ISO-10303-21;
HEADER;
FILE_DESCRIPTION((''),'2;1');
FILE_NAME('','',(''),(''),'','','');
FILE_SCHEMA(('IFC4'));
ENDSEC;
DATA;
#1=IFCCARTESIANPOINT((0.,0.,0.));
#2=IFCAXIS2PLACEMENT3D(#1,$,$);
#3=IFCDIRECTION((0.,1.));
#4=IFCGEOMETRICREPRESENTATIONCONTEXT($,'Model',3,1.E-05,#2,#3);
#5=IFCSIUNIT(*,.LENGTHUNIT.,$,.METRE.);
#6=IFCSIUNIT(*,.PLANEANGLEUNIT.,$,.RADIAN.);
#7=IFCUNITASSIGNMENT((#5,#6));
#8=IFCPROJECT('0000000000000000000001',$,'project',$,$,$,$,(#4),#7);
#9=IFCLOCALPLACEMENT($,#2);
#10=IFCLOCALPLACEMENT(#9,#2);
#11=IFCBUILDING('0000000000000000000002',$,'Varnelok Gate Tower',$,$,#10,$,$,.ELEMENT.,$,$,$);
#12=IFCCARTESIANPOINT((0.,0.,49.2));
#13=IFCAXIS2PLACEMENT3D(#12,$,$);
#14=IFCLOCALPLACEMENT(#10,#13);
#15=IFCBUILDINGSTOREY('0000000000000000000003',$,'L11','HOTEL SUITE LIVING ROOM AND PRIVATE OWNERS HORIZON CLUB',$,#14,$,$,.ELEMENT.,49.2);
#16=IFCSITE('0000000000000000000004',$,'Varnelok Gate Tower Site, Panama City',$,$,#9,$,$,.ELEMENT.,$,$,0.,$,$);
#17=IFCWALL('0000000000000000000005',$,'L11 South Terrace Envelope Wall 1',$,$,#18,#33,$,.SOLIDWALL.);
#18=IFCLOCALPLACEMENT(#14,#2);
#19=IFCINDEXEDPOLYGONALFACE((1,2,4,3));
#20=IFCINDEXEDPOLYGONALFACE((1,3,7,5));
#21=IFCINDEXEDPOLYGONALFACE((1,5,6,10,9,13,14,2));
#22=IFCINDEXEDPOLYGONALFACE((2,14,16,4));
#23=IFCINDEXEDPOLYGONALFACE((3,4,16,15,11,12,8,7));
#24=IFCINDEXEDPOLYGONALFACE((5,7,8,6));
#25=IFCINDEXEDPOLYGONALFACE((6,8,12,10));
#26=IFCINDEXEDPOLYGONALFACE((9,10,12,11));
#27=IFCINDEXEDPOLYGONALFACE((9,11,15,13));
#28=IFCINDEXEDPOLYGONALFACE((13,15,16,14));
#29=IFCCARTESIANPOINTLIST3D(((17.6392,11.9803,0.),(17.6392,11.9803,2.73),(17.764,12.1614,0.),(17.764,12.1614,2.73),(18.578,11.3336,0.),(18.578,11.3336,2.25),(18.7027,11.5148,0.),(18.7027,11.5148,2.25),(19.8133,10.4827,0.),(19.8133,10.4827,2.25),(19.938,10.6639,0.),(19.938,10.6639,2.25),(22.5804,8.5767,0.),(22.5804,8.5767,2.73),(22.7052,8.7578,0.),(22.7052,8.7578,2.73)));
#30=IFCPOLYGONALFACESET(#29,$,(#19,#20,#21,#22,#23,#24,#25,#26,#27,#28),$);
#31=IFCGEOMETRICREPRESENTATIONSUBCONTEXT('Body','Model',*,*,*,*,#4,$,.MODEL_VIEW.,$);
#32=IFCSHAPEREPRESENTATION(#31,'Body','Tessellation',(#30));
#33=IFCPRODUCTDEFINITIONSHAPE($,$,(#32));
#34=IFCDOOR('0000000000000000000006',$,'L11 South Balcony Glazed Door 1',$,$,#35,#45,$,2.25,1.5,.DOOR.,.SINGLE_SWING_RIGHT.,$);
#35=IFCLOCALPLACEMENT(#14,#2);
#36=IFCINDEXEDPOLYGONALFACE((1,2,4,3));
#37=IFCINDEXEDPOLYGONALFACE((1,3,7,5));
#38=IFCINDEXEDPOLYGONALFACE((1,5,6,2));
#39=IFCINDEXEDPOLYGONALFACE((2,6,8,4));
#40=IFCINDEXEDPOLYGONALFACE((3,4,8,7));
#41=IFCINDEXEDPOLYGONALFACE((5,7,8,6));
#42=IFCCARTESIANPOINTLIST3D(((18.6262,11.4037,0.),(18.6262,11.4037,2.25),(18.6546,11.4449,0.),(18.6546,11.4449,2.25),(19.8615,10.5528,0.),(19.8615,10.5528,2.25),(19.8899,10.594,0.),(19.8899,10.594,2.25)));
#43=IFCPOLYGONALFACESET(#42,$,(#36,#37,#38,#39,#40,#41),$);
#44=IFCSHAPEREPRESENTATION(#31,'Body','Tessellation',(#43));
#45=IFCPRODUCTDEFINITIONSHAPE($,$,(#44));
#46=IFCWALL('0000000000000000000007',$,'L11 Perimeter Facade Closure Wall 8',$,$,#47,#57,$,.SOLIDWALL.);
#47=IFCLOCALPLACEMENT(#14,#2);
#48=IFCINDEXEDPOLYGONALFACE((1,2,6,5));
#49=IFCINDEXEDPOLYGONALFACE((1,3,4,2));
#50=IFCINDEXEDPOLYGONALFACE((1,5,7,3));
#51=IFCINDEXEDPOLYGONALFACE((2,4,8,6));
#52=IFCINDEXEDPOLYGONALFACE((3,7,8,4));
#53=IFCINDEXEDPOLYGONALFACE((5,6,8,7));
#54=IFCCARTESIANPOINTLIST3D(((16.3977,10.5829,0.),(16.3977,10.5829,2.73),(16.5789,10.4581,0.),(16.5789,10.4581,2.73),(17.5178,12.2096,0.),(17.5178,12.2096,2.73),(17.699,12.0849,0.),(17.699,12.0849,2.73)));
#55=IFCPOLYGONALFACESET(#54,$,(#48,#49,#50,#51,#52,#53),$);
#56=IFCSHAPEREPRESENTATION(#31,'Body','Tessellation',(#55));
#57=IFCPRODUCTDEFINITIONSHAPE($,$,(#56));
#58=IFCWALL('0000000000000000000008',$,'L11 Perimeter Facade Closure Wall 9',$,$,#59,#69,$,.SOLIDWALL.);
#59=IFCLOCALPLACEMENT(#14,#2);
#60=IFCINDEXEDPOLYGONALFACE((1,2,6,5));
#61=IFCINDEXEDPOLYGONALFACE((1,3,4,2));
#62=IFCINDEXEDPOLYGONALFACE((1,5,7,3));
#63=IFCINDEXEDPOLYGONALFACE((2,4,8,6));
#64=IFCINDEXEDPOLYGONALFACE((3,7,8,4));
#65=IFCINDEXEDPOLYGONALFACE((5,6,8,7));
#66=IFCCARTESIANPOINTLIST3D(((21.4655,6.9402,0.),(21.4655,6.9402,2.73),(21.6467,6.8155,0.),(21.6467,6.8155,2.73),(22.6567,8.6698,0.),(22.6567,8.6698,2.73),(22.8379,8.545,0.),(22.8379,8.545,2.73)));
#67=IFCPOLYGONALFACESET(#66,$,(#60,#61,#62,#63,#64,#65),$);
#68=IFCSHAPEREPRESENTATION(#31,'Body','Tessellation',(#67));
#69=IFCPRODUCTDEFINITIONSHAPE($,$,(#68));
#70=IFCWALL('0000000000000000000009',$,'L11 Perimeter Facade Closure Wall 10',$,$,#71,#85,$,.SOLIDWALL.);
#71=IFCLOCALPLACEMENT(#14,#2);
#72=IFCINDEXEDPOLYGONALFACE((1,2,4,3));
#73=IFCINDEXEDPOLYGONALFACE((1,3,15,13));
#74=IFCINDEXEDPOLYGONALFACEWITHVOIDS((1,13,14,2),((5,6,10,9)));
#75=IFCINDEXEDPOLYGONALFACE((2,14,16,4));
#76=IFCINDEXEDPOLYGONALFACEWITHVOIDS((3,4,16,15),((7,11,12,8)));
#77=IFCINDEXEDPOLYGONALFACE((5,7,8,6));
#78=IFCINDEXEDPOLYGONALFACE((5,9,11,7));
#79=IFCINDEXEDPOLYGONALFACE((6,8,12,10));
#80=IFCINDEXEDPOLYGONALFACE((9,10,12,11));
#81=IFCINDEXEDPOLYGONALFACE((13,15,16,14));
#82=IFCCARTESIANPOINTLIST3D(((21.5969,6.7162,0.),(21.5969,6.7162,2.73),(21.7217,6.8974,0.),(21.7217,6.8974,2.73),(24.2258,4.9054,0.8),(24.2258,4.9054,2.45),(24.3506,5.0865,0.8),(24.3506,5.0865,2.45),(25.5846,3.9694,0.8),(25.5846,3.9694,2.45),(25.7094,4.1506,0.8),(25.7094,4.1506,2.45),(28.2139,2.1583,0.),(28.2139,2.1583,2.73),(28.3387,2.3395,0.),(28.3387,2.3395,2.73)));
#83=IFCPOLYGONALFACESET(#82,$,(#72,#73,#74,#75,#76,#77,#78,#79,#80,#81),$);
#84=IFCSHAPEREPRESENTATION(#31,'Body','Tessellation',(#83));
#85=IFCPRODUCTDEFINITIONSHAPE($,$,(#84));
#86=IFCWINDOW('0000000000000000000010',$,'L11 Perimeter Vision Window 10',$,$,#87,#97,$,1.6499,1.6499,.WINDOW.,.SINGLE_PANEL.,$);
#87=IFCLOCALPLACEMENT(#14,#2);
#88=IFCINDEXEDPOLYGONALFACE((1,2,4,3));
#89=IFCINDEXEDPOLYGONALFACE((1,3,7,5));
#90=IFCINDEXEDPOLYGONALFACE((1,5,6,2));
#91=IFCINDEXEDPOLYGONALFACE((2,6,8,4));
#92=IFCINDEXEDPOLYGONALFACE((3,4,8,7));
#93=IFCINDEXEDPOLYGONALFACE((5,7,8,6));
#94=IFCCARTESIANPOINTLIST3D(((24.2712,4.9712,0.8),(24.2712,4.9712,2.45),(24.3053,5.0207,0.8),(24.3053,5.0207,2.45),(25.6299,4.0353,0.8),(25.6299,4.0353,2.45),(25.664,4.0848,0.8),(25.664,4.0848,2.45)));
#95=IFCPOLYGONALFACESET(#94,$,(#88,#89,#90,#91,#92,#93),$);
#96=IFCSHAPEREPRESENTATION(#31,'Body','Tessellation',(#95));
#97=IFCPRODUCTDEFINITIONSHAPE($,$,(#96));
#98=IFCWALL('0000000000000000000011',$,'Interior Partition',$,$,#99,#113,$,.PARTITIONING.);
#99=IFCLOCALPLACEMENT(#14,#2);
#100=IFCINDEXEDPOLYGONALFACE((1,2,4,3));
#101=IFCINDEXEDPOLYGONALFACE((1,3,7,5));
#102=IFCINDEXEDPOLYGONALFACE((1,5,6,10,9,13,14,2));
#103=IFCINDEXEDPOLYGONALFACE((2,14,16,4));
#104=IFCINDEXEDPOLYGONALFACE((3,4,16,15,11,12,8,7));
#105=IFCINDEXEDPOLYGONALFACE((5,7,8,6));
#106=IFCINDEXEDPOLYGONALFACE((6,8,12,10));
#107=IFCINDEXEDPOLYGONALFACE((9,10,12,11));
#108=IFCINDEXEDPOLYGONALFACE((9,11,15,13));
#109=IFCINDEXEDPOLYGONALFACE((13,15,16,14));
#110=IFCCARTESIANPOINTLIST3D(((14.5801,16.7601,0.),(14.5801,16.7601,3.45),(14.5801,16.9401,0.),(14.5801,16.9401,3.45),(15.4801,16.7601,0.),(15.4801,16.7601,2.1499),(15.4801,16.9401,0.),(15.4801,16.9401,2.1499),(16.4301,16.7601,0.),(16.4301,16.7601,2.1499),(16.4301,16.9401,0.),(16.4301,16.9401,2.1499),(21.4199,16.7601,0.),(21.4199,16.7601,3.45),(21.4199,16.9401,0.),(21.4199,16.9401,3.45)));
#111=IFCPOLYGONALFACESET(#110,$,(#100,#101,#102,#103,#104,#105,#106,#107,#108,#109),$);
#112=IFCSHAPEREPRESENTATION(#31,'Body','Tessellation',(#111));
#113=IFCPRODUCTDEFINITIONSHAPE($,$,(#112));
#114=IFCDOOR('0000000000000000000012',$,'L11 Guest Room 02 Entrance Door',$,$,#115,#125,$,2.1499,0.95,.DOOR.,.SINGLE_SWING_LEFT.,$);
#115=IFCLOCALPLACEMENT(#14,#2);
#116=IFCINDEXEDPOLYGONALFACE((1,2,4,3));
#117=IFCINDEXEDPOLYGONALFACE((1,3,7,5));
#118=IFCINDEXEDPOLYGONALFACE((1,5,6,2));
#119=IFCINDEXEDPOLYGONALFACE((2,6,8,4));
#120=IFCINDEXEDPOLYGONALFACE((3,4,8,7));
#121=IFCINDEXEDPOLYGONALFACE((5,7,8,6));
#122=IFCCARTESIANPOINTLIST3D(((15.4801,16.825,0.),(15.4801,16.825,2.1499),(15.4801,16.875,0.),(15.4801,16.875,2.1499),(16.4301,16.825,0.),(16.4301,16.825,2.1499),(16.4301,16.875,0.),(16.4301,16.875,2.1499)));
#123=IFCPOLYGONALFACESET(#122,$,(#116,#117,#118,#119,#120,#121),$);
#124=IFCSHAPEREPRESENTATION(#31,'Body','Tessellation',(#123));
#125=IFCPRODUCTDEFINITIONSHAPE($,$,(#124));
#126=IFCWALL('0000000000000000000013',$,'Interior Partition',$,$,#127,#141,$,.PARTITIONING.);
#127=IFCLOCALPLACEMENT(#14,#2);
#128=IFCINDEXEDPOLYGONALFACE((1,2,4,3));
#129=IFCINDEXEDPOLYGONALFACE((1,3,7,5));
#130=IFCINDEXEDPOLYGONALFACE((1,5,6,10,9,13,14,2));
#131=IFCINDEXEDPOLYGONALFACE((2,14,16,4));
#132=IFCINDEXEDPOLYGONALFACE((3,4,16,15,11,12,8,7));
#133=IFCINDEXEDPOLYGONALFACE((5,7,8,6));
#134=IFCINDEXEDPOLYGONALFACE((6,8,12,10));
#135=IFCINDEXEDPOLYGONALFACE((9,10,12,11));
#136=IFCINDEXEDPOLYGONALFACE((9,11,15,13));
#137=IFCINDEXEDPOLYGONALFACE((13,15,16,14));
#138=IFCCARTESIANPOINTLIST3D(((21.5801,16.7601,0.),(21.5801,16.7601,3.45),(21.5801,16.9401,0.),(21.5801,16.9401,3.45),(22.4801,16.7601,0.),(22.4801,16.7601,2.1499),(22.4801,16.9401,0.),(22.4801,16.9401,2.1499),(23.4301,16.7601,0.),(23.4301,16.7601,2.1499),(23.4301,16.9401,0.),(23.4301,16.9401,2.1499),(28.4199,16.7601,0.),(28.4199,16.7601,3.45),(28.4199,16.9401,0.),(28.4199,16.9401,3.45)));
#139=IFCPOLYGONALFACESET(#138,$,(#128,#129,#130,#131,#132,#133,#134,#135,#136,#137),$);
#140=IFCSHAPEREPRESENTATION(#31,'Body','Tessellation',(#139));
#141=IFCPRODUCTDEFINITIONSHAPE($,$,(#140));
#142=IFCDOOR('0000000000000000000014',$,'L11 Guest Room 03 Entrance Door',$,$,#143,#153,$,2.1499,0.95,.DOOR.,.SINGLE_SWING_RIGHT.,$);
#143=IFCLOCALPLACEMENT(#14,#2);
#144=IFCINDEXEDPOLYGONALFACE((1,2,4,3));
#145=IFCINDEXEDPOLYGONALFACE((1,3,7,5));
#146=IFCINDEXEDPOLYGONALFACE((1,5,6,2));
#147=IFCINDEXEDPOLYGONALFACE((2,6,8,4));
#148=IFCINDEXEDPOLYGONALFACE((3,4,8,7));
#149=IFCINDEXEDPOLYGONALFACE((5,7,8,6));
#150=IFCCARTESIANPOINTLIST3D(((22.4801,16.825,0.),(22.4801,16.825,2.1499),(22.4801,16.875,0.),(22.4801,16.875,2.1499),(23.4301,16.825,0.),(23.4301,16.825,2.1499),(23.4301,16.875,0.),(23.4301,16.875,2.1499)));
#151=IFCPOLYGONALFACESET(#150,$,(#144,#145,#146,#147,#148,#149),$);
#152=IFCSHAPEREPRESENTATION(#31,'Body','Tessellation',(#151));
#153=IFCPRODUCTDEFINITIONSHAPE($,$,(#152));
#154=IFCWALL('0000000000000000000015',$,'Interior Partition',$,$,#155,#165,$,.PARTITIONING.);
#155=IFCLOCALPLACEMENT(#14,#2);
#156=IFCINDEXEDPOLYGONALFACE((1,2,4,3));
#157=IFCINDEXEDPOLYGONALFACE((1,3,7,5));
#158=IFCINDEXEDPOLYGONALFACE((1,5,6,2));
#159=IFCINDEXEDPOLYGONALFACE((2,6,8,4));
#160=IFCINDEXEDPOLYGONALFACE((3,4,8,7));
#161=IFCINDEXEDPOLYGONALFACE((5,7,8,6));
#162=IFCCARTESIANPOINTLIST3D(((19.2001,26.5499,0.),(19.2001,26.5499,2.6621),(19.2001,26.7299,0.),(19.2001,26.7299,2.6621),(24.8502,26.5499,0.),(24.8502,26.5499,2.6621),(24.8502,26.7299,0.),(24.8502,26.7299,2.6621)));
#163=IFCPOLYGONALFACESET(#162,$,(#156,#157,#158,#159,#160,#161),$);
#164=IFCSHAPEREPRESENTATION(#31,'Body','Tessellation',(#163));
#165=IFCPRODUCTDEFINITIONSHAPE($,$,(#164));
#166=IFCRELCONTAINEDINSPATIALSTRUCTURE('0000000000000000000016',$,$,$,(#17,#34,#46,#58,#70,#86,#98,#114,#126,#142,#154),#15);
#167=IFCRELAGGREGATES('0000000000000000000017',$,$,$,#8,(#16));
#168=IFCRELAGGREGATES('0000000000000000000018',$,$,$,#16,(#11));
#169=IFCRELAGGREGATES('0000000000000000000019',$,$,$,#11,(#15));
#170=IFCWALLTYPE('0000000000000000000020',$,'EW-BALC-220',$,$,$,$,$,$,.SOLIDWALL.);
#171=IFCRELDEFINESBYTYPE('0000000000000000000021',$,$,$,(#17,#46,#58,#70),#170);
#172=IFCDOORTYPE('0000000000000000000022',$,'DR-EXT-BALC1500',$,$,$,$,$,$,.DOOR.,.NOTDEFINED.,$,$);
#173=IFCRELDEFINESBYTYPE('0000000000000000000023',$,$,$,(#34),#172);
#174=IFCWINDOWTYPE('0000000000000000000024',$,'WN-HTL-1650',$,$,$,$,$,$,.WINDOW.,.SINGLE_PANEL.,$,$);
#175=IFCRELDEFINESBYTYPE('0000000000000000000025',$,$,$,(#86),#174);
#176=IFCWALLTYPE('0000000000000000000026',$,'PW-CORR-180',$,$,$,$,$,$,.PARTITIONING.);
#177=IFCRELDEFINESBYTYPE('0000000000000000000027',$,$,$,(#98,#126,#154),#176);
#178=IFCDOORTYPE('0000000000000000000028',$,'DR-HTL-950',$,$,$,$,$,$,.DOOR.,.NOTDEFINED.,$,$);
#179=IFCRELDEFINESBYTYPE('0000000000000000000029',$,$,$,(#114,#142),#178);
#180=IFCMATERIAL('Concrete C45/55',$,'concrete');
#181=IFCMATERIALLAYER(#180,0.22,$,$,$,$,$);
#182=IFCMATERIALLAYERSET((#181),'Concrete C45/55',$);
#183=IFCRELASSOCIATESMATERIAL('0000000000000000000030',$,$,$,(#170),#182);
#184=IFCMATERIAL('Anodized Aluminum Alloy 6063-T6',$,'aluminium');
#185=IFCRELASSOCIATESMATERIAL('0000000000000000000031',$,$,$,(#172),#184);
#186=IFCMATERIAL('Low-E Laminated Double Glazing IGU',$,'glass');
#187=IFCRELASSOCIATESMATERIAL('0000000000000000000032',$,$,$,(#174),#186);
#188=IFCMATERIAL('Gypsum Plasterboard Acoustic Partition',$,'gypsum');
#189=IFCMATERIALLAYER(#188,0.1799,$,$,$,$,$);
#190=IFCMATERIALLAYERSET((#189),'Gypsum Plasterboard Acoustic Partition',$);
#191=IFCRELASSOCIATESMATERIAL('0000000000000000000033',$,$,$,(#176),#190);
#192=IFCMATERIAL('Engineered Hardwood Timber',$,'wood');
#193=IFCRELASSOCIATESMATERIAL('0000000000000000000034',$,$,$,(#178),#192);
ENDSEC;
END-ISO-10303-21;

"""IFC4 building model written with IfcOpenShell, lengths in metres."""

from ifc_helpers import new_model, si_unit, direction, frame, frame_2d, origin, place, context, subcontext, project, spatial, rectangle, extrude, material, layer, layer_set, type_object, element, fill, save


model = new_model("IFC4")

# Units and contexts
model_context = context("Model", 3, precision=1e-05, world=origin(), true_north=direction((0.0, 1.0)))
body_context = subcontext(model_context, "Body", "Model", "MODEL_VIEW")
ifc_project = project(units=[si_unit("LENGTHUNIT", "METRE"), si_unit("PLANEANGLEUNIT", "RADIAN")], contexts=[model_context])

# Site, building, storey
site_placement = place(None, origin())
site = spatial("IfcSite", under=ifc_project, at=site_placement, Name="Varnelok Gate Tower Site, Panama City", CompositionType="ELEMENT", RefElevation=0.0)
building_placement = place(site_placement, origin())
building = spatial("IfcBuilding", under=site, at=building_placement, Name="Varnelok Gate Tower", CompositionType="ELEMENT")
storey_placement = place(building_placement, frame((0.0, 0.0, 49.2)))
storey = spatial("IfcBuildingStorey", under=building, at=storey_placement, Name="L11", Description="HOTEL SUITE LIVING ROOM AND PRIVATE OWNERS HORIZON CLUB", CompositionType="ELEMENT", Elevation=49.2)

# Wall, opening, door
ifc_material_1 = material(Name="Concrete C45/55", Category="concrete")
ifc_layer_1 = layer(ifc_material_1, 0.22)
ifc_layer_set_1 = layer_set([ifc_layer_1], Name="Concrete C45/55")
wall_type_1 = type_object("IfcWallType", Name="EW-BALC-220", PredefinedType="SOLIDWALL", material=ifc_layer_set_1)
wall_1_placement = place(storey_placement, frame((22.6428, 8.6672, 0.0), z_axis=(0.0, 0.0, 1.0), x_axis=(-0.823535, 0.567266, 0.0)))
wall_1 = element("IfcWall", 1, at=wall_1_placement, inside=storey, type_object=wall_type_1, Name="L11 South Terrace Envelope Wall 1", PredefinedType="SOLIDWALL", context=body_context, shape_type="SweptSolid", body=[
    extrude(rectangle(XDim=6.0, YDim=0.22, at=frame_2d((3.0, 0.0))), origin(), (0.0, 0.0, 1.0), 2.73),
])
opening_1_placement = place(wall_1_placement, frame((3.3601, 0.0, 0.0)))
opening_1 = element("IfcOpeningElement", 2, at=opening_1_placement, cuts=wall_1, PredefinedType="OPENING", context=body_context, shape_type="SweptSolid", body=[
    extrude(rectangle(XDim=1.5, YDim=2.25, at=frame_2d((0.75, 1.125))), frame((0.0, 0.1199, 0.0), z_axis=(0.0, -1.0, 0.0), x_axis=(1.0, 0.0, 0.0)), (0.0, 0.0, 1.0), 0.24),
])
ifc_material_2 = material(Name="Anodized Aluminum Alloy 6063-T6", Category="aluminium")
door_type_1 = type_object("IfcDoorType", Name="DR-EXT-BALC1500", OperationType="NOTDEFINED", PredefinedType="DOOR", material=ifc_material_2)
door_1_placement = place(opening_1_placement, origin())
door_1 = element("IfcDoor", 3, at=door_1_placement, inside=storey, type_object=door_type_1, Name="L11 South Balcony Glazed Door 1", OperationType="SINGLE_SWING_RIGHT", OverallHeight=2.25, OverallWidth=1.5, PredefinedType="DOOR", context=body_context, shape_type="SweptSolid", body=[
    extrude(rectangle(XDim=1.5, YDim=2.25, at=frame_2d((0.75, 1.125))), frame((0.0, 0.0249, 0.0), z_axis=(0.0, -1.0, 0.0), x_axis=(1.0, 0.0, 0.0)), (0.0, 0.0, 1.0), 0.05),
])
fill(opening_1, door_1)

# Walls
wall_2_placement = place(storey_placement, frame((16.4883, 10.5205, 0.0), z_axis=(0.0, 0.0, 1.0), x_axis=(0.567132, 0.823627, 0.0)))
element("IfcWall", 4, at=wall_2_placement, inside=storey, type_object=wall_type_1, Name="L11 Perimeter Facade Closure Wall 8", PredefinedType="SOLIDWALL", context=body_context, shape_type="SweptSolid", body=[
    extrude(rectangle(XDim=1.9751, YDim=0.22, at=frame_2d((0.9875, 0.0))), origin(), (0.0, 0.0, 1.0), 2.73),
])
wall_3_placement = place(storey_placement, frame((22.7473, 8.6074, 0.0), z_axis=(0.0, 0.0, 1.0), x_axis=(-0.567219, -0.823567, 0.0)))
element("IfcWall", 5, at=wall_3_placement, inside=storey, type_object=wall_type_1, Name="L11 Perimeter Facade Closure Wall 9", PredefinedType="SOLIDWALL", context=body_context, shape_type="SweptSolid", body=[
    extrude(rectangle(XDim=2.1001, YDim=0.22, at=frame_2d((1.05, 0.0))), origin(), (0.0, 0.0, 1.0), 2.73),
])

# Wall, opening, window
wall_4_placement = place(storey_placement, frame((21.6592, 6.8069, 0.0), z_axis=(0.0, 0.0, 1.0), x_axis=(0.823535, -0.567265, 0.0)))
wall_4 = element("IfcWall", 6, at=wall_4_placement, inside=storey, type_object=wall_type_1, Name="L11 Perimeter Facade Closure Wall 10", PredefinedType="SOLIDWALL", context=body_context, shape_type="SweptSolid", body=[
    extrude(rectangle(XDim=8.0349, YDim=0.22, at=frame_2d((4.0176, 0.0))), origin(), (0.0, 0.0, 1.0), 2.73),
])
opening_2_placement = place(wall_4_placement, frame((3.1924, 0.0, 0.8)))
opening_2 = element("IfcOpeningElement", 7, at=opening_2_placement, cuts=wall_4, PredefinedType="OPENING", context=body_context, shape_type="SweptSolid", body=[
    extrude(rectangle(XDim=1.6499, YDim=1.6499, at=frame_2d((0.825, 0.825))), frame((0.0, 0.1199, 0.0), z_axis=(0.0, -1.0, 0.0), x_axis=(1.0, 0.0, 0.0)), (0.0, 0.0, 1.0), 0.24),
])
ifc_material_3 = material(Name="Low-E Laminated Double Glazing IGU", Category="glass")
window_type = type_object("IfcWindowType", Name="WN-HTL-1650", PartitioningType="SINGLE_PANEL", PredefinedType="WINDOW", material=ifc_material_3)
window_placement = place(opening_2_placement, origin())
window = element("IfcWindow", 8, at=window_placement, inside=storey, type_object=window_type, Name="L11 Perimeter Vision Window 10", OverallHeight=1.6499, OverallWidth=1.6499, PartitioningType="SINGLE_PANEL", PredefinedType="WINDOW", context=body_context, shape_type="SweptSolid", body=[
    extrude(rectangle(XDim=1.6499, YDim=1.6499, at=frame_2d((0.825, 0.825))), frame((0.0, 0.03, 0.0), z_axis=(0.0, -1.0, 0.0), x_axis=(1.0, 0.0, 0.0)), (0.0, 0.0, 1.0), 0.0601),
])
fill(opening_2, window)

# Walls, openings, doors
ifc_material_4 = material(Name="Gypsum Plasterboard Acoustic Partition", Category="gypsum")
ifc_layer_2 = layer(ifc_material_4, 0.1799)
ifc_layer_set_2 = layer_set([ifc_layer_2], Name="Gypsum Plasterboard Acoustic Partition")
wall_type_2 = type_object("IfcWallType", Name="PW-CORR-180", PredefinedType="PARTITIONING", material=ifc_layer_set_2)
wall_5_placement = place(storey_placement, frame((14.5801, 16.8501, 0.0), z_axis=(0.0, 0.0, 1.0), x_axis=(1.0, 0.0, 0.0)))
wall_5 = element("IfcWall", 9, at=wall_5_placement, inside=storey, type_object=wall_type_2, Name="Interior Partition", PredefinedType="PARTITIONING", context=body_context, shape_type="SweptSolid", body=[
    extrude(rectangle(XDim=6.8398, YDim=0.1799, at=frame_2d((3.4199, 0.0))), origin(), (0.0, 0.0, 1.0), 3.45),
])
opening_3_placement = place(wall_5_placement, frame((0.8999, 0.0, 0.0)))
opening_3 = element("IfcOpeningElement", 10, at=opening_3_placement, cuts=wall_5, PredefinedType="OPENING", context=body_context, shape_type="SweptSolid", body=[
    extrude(rectangle(XDim=0.95, YDim=2.1499, at=frame_2d((0.4751, 1.075))), frame((0.0, 0.0999, 0.0), z_axis=(0.0, -1.0, 0.0), x_axis=(1.0, 0.0, 0.0)), (0.0, 0.0, 1.0), 0.2),
])
ifc_material_5 = material(Name="Engineered Hardwood Timber", Category="wood")
door_type_2 = type_object("IfcDoorType", Name="DR-HTL-950", OperationType="NOTDEFINED", PredefinedType="DOOR", material=ifc_material_5)
door_2_placement = place(opening_3_placement, origin())
door_2 = element("IfcDoor", 11, at=door_2_placement, inside=storey, type_object=door_type_2, Name="L11 Guest Room 02 Entrance Door", OperationType="SINGLE_SWING_LEFT", OverallHeight=2.1499, OverallWidth=0.95, PredefinedType="DOOR", context=body_context, shape_type="SweptSolid", body=[
    extrude(rectangle(XDim=0.95, YDim=2.1499, at=frame_2d((0.4751, 1.075))), frame((0.0, 0.0249, 0.0), z_axis=(0.0, -1.0, 0.0), x_axis=(1.0, 0.0, 0.0)), (0.0, 0.0, 1.0), 0.05),
])
fill(opening_3, door_2)
wall_6_placement = place(storey_placement, frame((21.5801, 16.8501, 0.0), z_axis=(0.0, 0.0, 1.0), x_axis=(1.0, 0.0, 0.0)))
wall_6 = element("IfcWall", 12, at=wall_6_placement, inside=storey, type_object=wall_type_2, Name="Interior Partition", PredefinedType="PARTITIONING", context=body_context, shape_type="SweptSolid", body=[
    extrude(rectangle(XDim=6.8398, YDim=0.1799, at=frame_2d((3.4199, 0.0))), origin(), (0.0, 0.0, 1.0), 3.45),
])
opening_4_placement = place(wall_6_placement, frame((0.8999, 0.0, 0.0)))
opening_4 = element("IfcOpeningElement", 13, at=opening_4_placement, cuts=wall_6, PredefinedType="OPENING", context=body_context, shape_type="SweptSolid", body=[
    extrude(rectangle(XDim=0.95, YDim=2.1499, at=frame_2d((0.4751, 1.075))), frame((0.0, 0.0999, 0.0), z_axis=(0.0, -1.0, 0.0), x_axis=(1.0, 0.0, 0.0)), (0.0, 0.0, 1.0), 0.2),
])
door_3_placement = place(opening_4_placement, origin())
door_3 = element("IfcDoor", 14, at=door_3_placement, inside=storey, type_object=door_type_2, Name="L11 Guest Room 03 Entrance Door", OperationType="SINGLE_SWING_RIGHT", OverallHeight=2.1499, OverallWidth=0.95, PredefinedType="DOOR", context=body_context, shape_type="SweptSolid", body=[
    extrude(rectangle(XDim=0.95, YDim=2.1499, at=frame_2d((0.4751, 1.075))), frame((0.0, 0.0249, 0.0), z_axis=(0.0, -1.0, 0.0), x_axis=(1.0, 0.0, 0.0)), (0.0, 0.0, 1.0), 0.05),
])
fill(opening_4, door_3)

# Wall
wall_7_placement = place(storey_placement, frame((19.2, 26.6399, 0.0), z_axis=(0.0, 0.0, 1.0), x_axis=(1.0, 0.0, 0.0)))
element("IfcWall", 15, at=wall_7_placement, inside=storey, type_object=wall_type_2, Name="Interior Partition", PredefinedType="PARTITIONING", context=body_context, shape_type="SweptSolid", body=[
    extrude(rectangle(XDim=5.6501, YDim=0.1799, at=frame_2d((2.8252, 0.0))), origin(), (0.0, 0.0, 1.0), 2.6621),
])

save(model, "model.ifc")
